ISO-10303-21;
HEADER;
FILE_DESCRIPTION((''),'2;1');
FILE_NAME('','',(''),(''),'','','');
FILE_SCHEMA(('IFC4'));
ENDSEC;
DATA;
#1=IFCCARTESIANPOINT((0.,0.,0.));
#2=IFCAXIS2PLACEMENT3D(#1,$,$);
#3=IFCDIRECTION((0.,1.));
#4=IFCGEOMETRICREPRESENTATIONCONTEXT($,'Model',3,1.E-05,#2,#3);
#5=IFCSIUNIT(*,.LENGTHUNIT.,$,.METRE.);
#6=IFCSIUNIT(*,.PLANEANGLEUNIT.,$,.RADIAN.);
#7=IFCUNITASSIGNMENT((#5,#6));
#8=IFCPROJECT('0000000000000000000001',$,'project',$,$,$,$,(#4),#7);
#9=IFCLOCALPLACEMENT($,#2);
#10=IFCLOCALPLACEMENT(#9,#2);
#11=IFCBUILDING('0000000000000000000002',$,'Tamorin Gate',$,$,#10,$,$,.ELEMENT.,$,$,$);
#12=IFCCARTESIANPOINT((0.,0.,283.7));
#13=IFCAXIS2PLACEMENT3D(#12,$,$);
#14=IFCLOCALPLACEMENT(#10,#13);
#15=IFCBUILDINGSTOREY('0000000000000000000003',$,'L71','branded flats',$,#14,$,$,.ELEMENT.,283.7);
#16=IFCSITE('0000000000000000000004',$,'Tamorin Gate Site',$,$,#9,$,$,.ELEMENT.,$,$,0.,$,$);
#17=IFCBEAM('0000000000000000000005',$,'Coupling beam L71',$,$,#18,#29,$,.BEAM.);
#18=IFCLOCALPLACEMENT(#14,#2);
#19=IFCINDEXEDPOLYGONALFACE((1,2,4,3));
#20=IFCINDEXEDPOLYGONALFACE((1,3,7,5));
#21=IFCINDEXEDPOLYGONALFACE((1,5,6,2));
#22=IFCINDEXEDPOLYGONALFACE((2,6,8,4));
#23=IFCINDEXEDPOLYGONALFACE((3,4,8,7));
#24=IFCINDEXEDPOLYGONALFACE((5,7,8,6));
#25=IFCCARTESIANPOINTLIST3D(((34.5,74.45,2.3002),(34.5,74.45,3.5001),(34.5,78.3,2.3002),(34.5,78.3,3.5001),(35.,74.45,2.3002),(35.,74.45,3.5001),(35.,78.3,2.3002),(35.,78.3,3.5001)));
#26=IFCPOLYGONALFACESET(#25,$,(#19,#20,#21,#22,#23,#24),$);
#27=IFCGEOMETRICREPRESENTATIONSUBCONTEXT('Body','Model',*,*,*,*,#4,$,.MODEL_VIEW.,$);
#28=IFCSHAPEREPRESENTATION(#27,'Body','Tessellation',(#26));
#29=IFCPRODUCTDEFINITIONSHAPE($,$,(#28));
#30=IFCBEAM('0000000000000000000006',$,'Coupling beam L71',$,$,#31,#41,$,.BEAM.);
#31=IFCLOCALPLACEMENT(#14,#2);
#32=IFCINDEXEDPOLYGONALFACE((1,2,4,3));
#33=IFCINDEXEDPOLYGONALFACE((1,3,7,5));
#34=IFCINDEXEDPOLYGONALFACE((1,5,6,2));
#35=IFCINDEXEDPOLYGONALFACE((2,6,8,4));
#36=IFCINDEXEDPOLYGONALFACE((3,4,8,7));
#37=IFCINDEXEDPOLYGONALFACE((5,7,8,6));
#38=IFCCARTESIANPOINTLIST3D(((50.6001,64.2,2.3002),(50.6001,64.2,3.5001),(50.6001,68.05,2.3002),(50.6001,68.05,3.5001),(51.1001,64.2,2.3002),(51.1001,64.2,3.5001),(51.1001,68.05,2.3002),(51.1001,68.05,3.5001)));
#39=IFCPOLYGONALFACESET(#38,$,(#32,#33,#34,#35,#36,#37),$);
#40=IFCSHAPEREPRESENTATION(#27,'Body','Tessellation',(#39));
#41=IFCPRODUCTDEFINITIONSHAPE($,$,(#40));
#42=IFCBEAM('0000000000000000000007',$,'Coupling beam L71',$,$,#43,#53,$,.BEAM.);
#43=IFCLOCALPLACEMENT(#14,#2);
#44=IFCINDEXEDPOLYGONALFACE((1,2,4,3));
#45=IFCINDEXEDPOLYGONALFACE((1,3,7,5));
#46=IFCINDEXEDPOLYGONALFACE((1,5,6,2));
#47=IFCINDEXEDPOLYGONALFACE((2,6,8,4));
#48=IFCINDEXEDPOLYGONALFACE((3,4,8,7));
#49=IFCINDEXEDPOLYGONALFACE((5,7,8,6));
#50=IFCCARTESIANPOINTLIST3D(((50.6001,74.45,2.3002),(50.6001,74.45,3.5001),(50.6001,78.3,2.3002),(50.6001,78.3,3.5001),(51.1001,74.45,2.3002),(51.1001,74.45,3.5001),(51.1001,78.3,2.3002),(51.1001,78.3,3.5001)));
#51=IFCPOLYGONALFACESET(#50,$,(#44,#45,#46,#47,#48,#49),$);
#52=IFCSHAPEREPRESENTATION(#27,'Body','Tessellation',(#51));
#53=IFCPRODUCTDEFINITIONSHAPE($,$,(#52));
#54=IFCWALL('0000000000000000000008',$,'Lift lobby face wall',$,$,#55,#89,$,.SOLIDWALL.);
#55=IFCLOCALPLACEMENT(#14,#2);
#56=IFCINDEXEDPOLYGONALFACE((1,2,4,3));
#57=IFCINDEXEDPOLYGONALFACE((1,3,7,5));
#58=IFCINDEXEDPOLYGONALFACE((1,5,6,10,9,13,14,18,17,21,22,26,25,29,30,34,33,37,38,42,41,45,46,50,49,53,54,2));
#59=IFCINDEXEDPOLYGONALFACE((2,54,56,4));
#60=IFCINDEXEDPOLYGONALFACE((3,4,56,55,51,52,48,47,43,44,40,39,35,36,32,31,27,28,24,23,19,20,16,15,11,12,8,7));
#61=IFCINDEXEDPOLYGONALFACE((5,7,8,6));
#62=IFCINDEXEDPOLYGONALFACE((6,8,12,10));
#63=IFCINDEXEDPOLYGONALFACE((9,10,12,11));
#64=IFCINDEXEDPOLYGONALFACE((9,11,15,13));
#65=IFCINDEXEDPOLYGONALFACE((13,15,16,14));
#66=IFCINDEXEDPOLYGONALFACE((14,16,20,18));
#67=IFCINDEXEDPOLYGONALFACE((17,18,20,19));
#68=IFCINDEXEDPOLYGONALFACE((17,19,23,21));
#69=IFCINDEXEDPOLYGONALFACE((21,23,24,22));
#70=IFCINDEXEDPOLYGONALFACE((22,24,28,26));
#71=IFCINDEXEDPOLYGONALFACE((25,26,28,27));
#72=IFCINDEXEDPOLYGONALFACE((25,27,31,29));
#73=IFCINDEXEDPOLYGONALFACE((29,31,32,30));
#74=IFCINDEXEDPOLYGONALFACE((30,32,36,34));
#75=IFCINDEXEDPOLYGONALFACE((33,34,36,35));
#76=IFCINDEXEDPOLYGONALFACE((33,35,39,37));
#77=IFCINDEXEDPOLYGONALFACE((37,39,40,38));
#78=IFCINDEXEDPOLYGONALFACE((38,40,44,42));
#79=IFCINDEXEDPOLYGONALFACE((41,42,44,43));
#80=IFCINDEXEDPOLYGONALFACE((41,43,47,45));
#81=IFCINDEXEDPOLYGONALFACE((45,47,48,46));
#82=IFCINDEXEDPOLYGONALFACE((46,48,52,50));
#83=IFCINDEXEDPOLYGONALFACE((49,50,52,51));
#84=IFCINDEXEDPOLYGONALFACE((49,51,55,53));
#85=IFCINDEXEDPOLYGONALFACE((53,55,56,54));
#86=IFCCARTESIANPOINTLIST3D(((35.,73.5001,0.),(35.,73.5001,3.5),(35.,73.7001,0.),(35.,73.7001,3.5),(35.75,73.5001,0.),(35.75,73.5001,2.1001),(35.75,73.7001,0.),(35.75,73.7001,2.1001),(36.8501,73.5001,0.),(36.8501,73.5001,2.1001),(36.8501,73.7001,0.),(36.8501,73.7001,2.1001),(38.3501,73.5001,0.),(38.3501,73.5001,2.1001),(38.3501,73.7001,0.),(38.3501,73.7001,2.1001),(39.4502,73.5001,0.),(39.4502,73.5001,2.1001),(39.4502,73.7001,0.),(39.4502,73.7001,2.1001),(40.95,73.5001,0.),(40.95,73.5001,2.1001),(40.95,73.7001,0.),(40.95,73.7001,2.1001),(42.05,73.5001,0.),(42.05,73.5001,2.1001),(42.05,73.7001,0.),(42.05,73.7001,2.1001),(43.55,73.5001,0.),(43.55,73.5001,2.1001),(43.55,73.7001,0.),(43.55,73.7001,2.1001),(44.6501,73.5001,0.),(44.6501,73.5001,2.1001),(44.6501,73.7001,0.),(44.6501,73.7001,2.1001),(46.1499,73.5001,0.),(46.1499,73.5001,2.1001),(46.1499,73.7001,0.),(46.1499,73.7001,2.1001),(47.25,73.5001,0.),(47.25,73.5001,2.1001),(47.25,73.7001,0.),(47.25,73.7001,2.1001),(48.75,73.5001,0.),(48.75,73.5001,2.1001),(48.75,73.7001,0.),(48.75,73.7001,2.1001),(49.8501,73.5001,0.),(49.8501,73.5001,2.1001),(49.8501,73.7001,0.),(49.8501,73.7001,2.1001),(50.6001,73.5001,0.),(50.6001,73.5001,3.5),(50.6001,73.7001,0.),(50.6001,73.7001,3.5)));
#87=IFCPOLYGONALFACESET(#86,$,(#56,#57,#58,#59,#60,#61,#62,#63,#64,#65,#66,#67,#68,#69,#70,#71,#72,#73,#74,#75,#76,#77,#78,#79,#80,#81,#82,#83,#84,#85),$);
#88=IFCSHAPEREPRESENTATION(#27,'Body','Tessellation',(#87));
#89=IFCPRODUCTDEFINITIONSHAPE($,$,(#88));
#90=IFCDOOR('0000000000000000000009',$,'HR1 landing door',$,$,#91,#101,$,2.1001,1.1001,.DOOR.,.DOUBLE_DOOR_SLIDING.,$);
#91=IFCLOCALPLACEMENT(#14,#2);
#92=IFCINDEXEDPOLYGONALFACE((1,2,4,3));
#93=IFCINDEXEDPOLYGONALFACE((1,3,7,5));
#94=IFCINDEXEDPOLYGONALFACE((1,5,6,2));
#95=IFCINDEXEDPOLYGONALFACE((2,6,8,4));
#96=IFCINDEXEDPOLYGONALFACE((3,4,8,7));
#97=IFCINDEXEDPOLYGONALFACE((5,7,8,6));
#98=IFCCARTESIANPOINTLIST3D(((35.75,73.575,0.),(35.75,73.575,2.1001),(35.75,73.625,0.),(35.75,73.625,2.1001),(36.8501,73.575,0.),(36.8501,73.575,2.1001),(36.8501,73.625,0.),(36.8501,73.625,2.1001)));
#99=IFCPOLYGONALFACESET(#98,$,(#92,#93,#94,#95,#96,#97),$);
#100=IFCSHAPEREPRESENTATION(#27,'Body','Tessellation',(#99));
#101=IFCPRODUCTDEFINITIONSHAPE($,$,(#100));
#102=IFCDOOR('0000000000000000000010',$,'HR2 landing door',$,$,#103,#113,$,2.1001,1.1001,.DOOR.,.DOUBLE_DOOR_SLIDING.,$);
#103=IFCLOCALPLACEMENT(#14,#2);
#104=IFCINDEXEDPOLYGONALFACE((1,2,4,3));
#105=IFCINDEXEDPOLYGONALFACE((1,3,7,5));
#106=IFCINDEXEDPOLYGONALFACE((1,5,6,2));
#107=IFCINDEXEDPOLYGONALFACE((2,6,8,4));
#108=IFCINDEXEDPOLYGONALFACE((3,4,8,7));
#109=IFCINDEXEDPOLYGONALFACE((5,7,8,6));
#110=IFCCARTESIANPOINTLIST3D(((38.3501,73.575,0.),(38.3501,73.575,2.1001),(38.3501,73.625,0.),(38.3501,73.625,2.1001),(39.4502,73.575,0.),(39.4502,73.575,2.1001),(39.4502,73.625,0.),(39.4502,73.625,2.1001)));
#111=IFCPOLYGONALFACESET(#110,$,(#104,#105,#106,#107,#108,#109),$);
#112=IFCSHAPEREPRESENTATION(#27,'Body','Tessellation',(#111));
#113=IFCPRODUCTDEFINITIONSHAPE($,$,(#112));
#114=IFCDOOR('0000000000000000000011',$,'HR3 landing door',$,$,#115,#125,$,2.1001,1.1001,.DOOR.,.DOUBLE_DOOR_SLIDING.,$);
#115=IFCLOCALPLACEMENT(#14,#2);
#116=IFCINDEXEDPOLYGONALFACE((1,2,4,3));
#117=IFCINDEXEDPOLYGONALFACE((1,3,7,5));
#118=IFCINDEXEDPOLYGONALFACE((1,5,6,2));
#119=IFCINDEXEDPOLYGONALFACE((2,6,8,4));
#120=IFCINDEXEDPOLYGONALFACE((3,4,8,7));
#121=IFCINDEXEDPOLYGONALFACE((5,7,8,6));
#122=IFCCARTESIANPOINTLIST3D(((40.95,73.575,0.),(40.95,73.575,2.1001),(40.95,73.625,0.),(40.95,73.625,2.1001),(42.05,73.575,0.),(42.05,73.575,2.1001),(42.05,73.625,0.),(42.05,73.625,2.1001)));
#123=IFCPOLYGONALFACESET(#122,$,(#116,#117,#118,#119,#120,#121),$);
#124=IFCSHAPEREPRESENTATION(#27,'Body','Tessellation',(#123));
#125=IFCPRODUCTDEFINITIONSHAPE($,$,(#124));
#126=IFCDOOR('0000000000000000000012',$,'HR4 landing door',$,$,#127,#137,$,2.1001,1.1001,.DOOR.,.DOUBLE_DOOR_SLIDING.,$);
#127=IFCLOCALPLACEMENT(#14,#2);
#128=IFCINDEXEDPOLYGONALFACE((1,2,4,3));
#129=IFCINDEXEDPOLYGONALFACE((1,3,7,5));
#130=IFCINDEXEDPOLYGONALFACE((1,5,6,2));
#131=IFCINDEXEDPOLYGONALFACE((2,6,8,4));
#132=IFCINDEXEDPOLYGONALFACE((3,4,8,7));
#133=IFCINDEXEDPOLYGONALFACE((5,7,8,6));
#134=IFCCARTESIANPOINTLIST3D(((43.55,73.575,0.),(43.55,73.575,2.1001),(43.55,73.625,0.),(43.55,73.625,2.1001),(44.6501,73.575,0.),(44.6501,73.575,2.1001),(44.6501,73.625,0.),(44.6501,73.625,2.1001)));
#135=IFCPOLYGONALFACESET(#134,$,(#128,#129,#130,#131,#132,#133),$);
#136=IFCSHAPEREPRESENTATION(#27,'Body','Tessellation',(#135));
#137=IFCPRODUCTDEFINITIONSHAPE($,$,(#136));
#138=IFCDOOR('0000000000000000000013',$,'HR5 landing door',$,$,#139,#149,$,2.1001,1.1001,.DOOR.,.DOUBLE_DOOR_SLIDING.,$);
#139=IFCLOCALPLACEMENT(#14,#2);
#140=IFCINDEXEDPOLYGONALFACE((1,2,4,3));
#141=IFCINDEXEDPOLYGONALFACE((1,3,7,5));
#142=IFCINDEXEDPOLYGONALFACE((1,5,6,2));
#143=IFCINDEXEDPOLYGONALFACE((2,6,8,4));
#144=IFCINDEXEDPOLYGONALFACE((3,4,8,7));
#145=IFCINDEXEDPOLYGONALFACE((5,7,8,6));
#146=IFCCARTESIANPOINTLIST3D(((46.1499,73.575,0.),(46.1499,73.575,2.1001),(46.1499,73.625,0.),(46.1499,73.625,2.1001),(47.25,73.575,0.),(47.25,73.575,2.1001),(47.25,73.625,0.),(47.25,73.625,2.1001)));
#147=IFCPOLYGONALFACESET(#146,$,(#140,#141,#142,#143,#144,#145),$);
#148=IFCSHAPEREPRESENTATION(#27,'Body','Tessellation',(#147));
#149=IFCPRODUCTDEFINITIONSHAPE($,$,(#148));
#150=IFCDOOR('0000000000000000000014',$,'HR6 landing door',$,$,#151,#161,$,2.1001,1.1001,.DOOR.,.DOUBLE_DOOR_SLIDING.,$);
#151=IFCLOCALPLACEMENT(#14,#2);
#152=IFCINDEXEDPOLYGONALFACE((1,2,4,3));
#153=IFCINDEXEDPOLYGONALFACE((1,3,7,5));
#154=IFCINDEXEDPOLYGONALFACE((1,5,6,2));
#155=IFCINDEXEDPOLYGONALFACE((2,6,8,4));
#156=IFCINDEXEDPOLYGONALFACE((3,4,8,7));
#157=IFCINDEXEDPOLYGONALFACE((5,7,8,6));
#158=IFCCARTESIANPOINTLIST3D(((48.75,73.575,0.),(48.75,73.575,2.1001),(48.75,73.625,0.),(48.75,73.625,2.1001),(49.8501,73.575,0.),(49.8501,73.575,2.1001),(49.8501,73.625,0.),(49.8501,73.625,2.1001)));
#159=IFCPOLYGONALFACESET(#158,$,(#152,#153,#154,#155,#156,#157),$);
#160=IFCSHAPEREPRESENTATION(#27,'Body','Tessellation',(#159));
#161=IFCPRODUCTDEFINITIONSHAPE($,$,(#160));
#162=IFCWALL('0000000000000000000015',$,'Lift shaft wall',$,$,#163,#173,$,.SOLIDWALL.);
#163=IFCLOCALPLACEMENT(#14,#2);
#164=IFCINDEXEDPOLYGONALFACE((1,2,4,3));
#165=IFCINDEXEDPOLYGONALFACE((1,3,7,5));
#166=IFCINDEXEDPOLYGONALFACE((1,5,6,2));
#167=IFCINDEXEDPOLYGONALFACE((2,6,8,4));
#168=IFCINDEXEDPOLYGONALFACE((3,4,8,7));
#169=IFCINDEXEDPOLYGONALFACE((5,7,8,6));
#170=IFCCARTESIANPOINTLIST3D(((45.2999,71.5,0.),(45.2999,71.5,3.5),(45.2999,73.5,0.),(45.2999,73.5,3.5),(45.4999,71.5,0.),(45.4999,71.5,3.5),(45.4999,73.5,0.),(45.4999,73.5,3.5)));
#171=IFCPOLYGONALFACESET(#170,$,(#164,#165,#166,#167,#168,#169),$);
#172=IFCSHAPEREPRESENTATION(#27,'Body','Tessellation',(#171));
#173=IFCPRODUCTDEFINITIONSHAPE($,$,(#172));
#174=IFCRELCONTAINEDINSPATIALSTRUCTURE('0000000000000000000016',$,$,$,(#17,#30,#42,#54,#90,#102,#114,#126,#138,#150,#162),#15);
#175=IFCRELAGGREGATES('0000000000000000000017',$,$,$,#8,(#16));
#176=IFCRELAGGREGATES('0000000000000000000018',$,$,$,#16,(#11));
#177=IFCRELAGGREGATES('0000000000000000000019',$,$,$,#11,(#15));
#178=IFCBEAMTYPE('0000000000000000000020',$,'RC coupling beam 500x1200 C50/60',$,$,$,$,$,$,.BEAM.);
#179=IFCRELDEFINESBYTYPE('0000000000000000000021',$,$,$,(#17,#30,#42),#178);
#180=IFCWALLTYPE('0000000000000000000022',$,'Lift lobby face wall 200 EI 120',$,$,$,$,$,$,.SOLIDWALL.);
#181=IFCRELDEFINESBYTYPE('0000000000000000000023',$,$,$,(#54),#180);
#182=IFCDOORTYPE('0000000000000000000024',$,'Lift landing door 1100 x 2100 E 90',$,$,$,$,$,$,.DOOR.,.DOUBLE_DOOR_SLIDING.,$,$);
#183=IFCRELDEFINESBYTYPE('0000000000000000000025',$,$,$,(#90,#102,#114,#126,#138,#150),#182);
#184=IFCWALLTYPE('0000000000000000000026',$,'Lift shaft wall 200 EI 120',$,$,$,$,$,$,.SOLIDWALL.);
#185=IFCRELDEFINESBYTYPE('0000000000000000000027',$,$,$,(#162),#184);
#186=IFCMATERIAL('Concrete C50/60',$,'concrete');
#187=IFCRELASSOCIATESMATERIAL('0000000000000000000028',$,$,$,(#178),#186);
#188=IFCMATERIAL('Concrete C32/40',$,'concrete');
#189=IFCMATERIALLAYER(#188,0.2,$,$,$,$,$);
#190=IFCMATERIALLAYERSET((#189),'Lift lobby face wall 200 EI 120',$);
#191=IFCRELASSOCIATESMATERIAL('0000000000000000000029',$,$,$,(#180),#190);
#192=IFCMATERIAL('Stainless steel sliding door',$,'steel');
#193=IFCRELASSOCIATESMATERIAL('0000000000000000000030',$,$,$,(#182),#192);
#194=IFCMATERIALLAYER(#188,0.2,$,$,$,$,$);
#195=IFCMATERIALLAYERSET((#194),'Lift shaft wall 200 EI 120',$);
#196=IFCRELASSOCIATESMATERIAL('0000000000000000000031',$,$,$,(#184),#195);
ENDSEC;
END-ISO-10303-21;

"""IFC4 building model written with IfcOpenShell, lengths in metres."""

from ifc_helpers import new_model, si_unit, direction, frame, frame_2d, origin, origin_2d, place, context, subcontext, project, spatial, rectangle, extrude, material, layer, layer_set, material_profile, profile_set, type_object, element, fill, save


model = new_model("IFC4")

# Units and contexts
model_context = context("Model", 3, precision=1e-05, world=origin(), true_north=direction((0.0, 1.0)))
body_context = subcontext(model_context, "Body", "Model", "MODEL_VIEW")
ifc_project = project(units=[si_unit("LENGTHUNIT", "METRE"), si_unit("PLANEANGLEUNIT", "RADIAN")], contexts=[model_context])

# Site, building, storey
site_placement = place(None, origin())
site = spatial("IfcSite", under=ifc_project, at=site_placement, Name="Tamorin Gate Site", CompositionType="ELEMENT", RefElevation=0.0)
building_placement = place(site_placement, origin())
building = spatial("IfcBuilding", under=site, at=building_placement, Name="Tamorin Gate", CompositionType="ELEMENT")
storey_placement = place(building_placement, frame((0.0, 0.0, 283.7)))
storey = spatial("IfcBuildingStorey", under=building, at=storey_placement, Name="L71", Description="branded flats", CompositionType="ELEMENT", Elevation=283.7)

# Beams
ifc_material_1 = material(Name="Concrete C50/60", Category="concrete")
ifc_material_profile = material_profile(ifc_material_1, rectangle(XDim=0.5, YDim=1.2, at=origin_2d()), Name="RC 500x1200")
ifc_profile_set = profile_set([ifc_material_profile], Name="Concrete C50/60")
beam_type = type_object("IfcBeamType", Name="RC coupling beam 500x1200 C50/60", PredefinedType="BEAM", material=ifc_profile_set)
for number, where, z_axis, x_axis, name in (
    (1, (34.75, 74.45, 2.9001), (0.0, 1.0, 0.0), (-1.0, 0.0, 0.0), "Coupling beam L71"),
    (2, (50.8501, 64.2, 2.9001), (0.0, 1.0, 0.0), (-1.0, 0.0, 0.0), "Coupling beam L71"),
    (3, (50.8501, 74.45, 2.9001), (0.0, 1.0, 0.0), (-1.0, 0.0, 0.0), "Coupling beam L71"),
):
    element("IfcBeam", number, at=place(storey_placement, frame(where, z_axis=z_axis, x_axis=x_axis)), inside=storey, type_object=beam_type, Name=name, PredefinedType="BEAM", context=body_context, shape_type="SweptSolid", body=[
        extrude(rectangle(XDim=0.5, YDim=1.2, at=origin_2d()), origin(), (0.0, 0.0, 1.0), 3.8501),
    ])

# Wall, openings, doors
ifc_material_2 = material(Name="Concrete C32/40", Category="concrete")
ifc_layer_1 = layer(ifc_material_2, 0.2)
ifc_layer_set_1 = layer_set([ifc_layer_1], Name="Lift lobby face wall 200 EI 120")
wall_type_1 = type_object("IfcWallType", Name="Lift lobby face wall 200 EI 120", PredefinedType="SOLIDWALL", material=ifc_layer_set_1)
wall_1_placement = place(storey_placement, frame((35.0, 73.6001, 0.0), z_axis=(0.0, 0.0, 1.0), x_axis=(1.0, 0.0, 0.0)))
wall_1 = element("IfcWall", 4, at=wall_1_placement, inside=storey, type_object=wall_type_1, Name="Lift lobby face wall", PredefinedType="SOLIDWALL", context=body_context, shape_type="SweptSolid", body=[
    extrude(rectangle(XDim=15.6001, YDim=0.2, at=frame_2d((7.8, 0.0))), origin(), (0.0, 0.0, 1.0), 3.5),
])
opening_1_placement = place(wall_1_placement, frame((0.75, 0.0, 0.0)))
opening_1 = element("IfcOpeningElement", 5, at=opening_1_placement, cuts=wall_1, PredefinedType="OPENING", context=body_context, shape_type="SweptSolid", body=[
    extrude(rectangle(XDim=1.1001, YDim=2.1001, at=frame_2d((0.55, 1.05))), frame((0.0, 0.1099, 0.0), z_axis=(0.0, -1.0, 0.0), x_axis=(1.0, 0.0, 0.0)), (0.0, 0.0, 1.0), 0.22),
])
opening_2_placement = place(wall_1_placement, frame((3.3501, 0.0, 0.0)))
opening_2 = element("IfcOpeningElement", 6, at=opening_2_placement, cuts=wall_1, PredefinedType="OPENING", context=body_context, shape_type="SweptSolid", body=[
    extrude(rectangle(XDim=1.1001, YDim=2.1001, at=frame_2d((0.55, 1.05))), frame((0.0, 0.1099, 0.0), z_axis=(0.0, -1.0, 0.0), x_axis=(1.0, 0.0, 0.0)), (0.0, 0.0, 1.0), 0.22),
])
opening_3_placement = place(wall_1_placement, frame((5.95, 0.0, 0.0)))
opening_3 = element("IfcOpeningElement", 7, at=opening_3_placement, cuts=wall_1, PredefinedType="OPENING", context=body_context, shape_type="SweptSolid", body=[
    extrude(rectangle(XDim=1.1001, YDim=2.1001, at=frame_2d((0.55, 1.05))), frame((0.0, 0.1099, 0.0), z_axis=(0.0, -1.0, 0.0), x_axis=(1.0, 0.0, 0.0)), (0.0, 0.0, 1.0), 0.22),
])
opening_4_placement = place(wall_1_placement, frame((8.55, 0.0, 0.0)))
opening_4 = element("IfcOpeningElement", 8, at=opening_4_placement, cuts=wall_1, PredefinedType="OPENING", context=body_context, shape_type="SweptSolid", body=[
    extrude(rectangle(XDim=1.1001, YDim=2.1001, at=frame_2d((0.55, 1.05))), frame((0.0, 0.1099, 0.0), z_axis=(0.0, -1.0, 0.0), x_axis=(1.0, 0.0, 0.0)), (0.0, 0.0, 1.0), 0.22),
])
opening_5_placement = place(wall_1_placement, frame((11.1499, 0.0, 0.0)))
opening_5 = element("IfcOpeningElement", 9, at=opening_5_placement, cuts=wall_1, PredefinedType="OPENING", context=body_context, shape_type="SweptSolid", body=[
    extrude(rectangle(XDim=1.1001, YDim=2.1001, at=frame_2d((0.55, 1.05))), frame((0.0, 0.1099, 0.0), z_axis=(0.0, -1.0, 0.0), x_axis=(1.0, 0.0, 0.0)), (0.0, 0.0, 1.0), 0.22),
])
opening_6_placement = place(wall_1_placement, frame((13.75, 0.0, 0.0)))
opening_6 = element("IfcOpeningElement", 10, at=opening_6_placement, cuts=wall_1, PredefinedType="OPENING", context=body_context, shape_type="SweptSolid", body=[
    extrude(rectangle(XDim=1.1001, YDim=2.1001, at=frame_2d((0.55, 1.05))), frame((0.0, 0.1099, 0.0), z_axis=(0.0, -1.0, 0.0), x_axis=(1.0, 0.0, 0.0)), (0.0, 0.0, 1.0), 0.22),
])
ifc_material_3 = material(Name="Stainless steel sliding door", Category="steel")
door_type_1 = type_object("IfcDoorType", Name="Lift landing door 1100 x 2100 E 90", OperationType="DOUBLE_DOOR_SLIDING", PredefinedType="DOOR", material=ifc_material_3)
door_1_placement = place(opening_1_placement, origin())
door_1 = element("IfcDoor", 11, at=door_1_placement, inside=storey, type_object=door_type_1, Name="HR1 landing door", OperationType="DOUBLE_DOOR_SLIDING", OverallHeight=2.1001, OverallWidth=1.1001, PredefinedType="DOOR", context=body_context, shape_type="SweptSolid", body=[
    extrude(rectangle(XDim=1.1001, YDim=2.1001, at=frame_2d((0.55, 1.05))), frame((0.0, 0.0249, 0.0), z_axis=(0.0, -1.0, 0.0), x_axis=(1.0, 0.0, 0.0)), (0.0, 0.0, 1.0), 0.05),
])
fill(opening_1, door_1)
door_2_placement = place(opening_2_placement, origin())
door_2 = element("IfcDoor", 12, at=door_2_placement, inside=storey, type_object=door_type_1, Name="HR2 landing door", OperationType="DOUBLE_DOOR_SLIDING", OverallHeight=2.1001, OverallWidth=1.1001, PredefinedType="DOOR", context=body_context, shape_type="SweptSolid", body=[
    extrude(rectangle(XDim=1.1001, YDim=2.1001, at=frame_2d((0.55, 1.05))), frame((0.0, 0.0249, 0.0), z_axis=(0.0, -1.0, 0.0), x_axis=(1.0, 0.0, 0.0)), (0.0, 0.0, 1.0), 0.05),
])
fill(opening_2, door_2)
door_3_placement = place(opening_3_placement, origin())
door_3 = element("IfcDoor", 13, at=door_3_placement, inside=storey, type_object=door_type_1, Name="HR3 landing door", OperationType="DOUBLE_DOOR_SLIDING", OverallHeight=2.1001, OverallWidth=1.1001, PredefinedType="DOOR", context=body_context, shape_type="SweptSolid", body=[
    extrude(rectangle(XDim=1.1001, YDim=2.1001, at=frame_2d((0.55, 1.05))), frame((0.0, 0.0249, 0.0), z_axis=(0.0, -1.0, 0.0), x_axis=(1.0, 0.0, 0.0)), (0.0, 0.0, 1.0), 0.05),
])
fill(opening_3, door_3)
door_4_placement = place(opening_4_placement, origin())
door_4 = element("IfcDoor", 14, at=door_4_placement, inside=storey, type_object=door_type_1, Name="HR4 landing door", OperationType="DOUBLE_DOOR_SLIDING", OverallHeight=2.1001, OverallWidth=1.1001, PredefinedType="DOOR", context=body_context, shape_type="SweptSolid", body=[
    extrude(rectangle(XDim=1.1001, YDim=2.1001, at=frame_2d((0.55, 1.05))), frame((0.0, 0.0249, 0.0), z_axis=(0.0, -1.0, 0.0), x_axis=(1.0, 0.0, 0.0)), (0.0, 0.0, 1.0), 0.05),
])
fill(opening_4, door_4)
door_5_placement = place(opening_5_placement, origin())
door_5 = element("IfcDoor", 15, at=door_5_placement, inside=storey, type_object=door_type_1, Name="HR5 landing door", OperationType="DOUBLE_DOOR_SLIDING", OverallHeight=2.1001, OverallWidth=1.1001, PredefinedType="DOOR", context=body_context, shape_type="SweptSolid", body=[
    extrude(rectangle(XDim=1.1001, YDim=2.1001, at=frame_2d((0.55, 1.05))), frame((0.0, 0.0249, 0.0), z_axis=(0.0, -1.0, 0.0), x_axis=(1.0, 0.0, 0.0)), (0.0, 0.0, 1.0), 0.05),
])
fill(opening_5, door_5)
door_6_placement = place(opening_6_placement, origin())
door_6 = element("IfcDoor", 16, at=door_6_placement, inside=storey, type_object=door_type_1, Name="HR6 landing door", OperationType="DOUBLE_DOOR_SLIDING", OverallHeight=2.1001, OverallWidth=1.1001, PredefinedType="DOOR", context=body_context, shape_type="SweptSolid", body=[
    extrude(rectangle(XDim=1.1001, YDim=2.1001, at=frame_2d((0.55, 1.05))), frame((0.0, 0.0249, 0.0), z_axis=(0.0, -1.0, 0.0), x_axis=(1.0, 0.0, 0.0)), (0.0, 0.0, 1.0), 0.05),
])
fill(opening_6, door_6)

# Wall
ifc_layer_2 = layer(ifc_material_2, 0.2)
ifc_layer_set_2 = layer_set([ifc_layer_2], Name="Lift shaft wall 200 EI 120")
wall_type_2 = type_object("IfcWallType", Name="Lift shaft wall 200 EI 120", PredefinedType="SOLIDWALL", material=ifc_layer_set_2)
wall_2_placement = place(storey_placement, frame((45.3999, 71.5, 0.0), z_axis=(0.0, 0.0, 1.0), x_axis=(0.0, 1.0, 0.0)))
element("IfcWall", 17, at=wall_2_placement, inside=storey, type_object=wall_type_2, Name="Lift shaft wall", PredefinedType="SOLIDWALL", context=body_context, shape_type="SweptSolid", body=[
    extrude(rectangle(XDim=2.0, YDim=0.2, at=frame_2d((1.0, 0.0))), origin(), (0.0, 0.0, 1.0), 3.5),
])

save(model, "model.ifc")
